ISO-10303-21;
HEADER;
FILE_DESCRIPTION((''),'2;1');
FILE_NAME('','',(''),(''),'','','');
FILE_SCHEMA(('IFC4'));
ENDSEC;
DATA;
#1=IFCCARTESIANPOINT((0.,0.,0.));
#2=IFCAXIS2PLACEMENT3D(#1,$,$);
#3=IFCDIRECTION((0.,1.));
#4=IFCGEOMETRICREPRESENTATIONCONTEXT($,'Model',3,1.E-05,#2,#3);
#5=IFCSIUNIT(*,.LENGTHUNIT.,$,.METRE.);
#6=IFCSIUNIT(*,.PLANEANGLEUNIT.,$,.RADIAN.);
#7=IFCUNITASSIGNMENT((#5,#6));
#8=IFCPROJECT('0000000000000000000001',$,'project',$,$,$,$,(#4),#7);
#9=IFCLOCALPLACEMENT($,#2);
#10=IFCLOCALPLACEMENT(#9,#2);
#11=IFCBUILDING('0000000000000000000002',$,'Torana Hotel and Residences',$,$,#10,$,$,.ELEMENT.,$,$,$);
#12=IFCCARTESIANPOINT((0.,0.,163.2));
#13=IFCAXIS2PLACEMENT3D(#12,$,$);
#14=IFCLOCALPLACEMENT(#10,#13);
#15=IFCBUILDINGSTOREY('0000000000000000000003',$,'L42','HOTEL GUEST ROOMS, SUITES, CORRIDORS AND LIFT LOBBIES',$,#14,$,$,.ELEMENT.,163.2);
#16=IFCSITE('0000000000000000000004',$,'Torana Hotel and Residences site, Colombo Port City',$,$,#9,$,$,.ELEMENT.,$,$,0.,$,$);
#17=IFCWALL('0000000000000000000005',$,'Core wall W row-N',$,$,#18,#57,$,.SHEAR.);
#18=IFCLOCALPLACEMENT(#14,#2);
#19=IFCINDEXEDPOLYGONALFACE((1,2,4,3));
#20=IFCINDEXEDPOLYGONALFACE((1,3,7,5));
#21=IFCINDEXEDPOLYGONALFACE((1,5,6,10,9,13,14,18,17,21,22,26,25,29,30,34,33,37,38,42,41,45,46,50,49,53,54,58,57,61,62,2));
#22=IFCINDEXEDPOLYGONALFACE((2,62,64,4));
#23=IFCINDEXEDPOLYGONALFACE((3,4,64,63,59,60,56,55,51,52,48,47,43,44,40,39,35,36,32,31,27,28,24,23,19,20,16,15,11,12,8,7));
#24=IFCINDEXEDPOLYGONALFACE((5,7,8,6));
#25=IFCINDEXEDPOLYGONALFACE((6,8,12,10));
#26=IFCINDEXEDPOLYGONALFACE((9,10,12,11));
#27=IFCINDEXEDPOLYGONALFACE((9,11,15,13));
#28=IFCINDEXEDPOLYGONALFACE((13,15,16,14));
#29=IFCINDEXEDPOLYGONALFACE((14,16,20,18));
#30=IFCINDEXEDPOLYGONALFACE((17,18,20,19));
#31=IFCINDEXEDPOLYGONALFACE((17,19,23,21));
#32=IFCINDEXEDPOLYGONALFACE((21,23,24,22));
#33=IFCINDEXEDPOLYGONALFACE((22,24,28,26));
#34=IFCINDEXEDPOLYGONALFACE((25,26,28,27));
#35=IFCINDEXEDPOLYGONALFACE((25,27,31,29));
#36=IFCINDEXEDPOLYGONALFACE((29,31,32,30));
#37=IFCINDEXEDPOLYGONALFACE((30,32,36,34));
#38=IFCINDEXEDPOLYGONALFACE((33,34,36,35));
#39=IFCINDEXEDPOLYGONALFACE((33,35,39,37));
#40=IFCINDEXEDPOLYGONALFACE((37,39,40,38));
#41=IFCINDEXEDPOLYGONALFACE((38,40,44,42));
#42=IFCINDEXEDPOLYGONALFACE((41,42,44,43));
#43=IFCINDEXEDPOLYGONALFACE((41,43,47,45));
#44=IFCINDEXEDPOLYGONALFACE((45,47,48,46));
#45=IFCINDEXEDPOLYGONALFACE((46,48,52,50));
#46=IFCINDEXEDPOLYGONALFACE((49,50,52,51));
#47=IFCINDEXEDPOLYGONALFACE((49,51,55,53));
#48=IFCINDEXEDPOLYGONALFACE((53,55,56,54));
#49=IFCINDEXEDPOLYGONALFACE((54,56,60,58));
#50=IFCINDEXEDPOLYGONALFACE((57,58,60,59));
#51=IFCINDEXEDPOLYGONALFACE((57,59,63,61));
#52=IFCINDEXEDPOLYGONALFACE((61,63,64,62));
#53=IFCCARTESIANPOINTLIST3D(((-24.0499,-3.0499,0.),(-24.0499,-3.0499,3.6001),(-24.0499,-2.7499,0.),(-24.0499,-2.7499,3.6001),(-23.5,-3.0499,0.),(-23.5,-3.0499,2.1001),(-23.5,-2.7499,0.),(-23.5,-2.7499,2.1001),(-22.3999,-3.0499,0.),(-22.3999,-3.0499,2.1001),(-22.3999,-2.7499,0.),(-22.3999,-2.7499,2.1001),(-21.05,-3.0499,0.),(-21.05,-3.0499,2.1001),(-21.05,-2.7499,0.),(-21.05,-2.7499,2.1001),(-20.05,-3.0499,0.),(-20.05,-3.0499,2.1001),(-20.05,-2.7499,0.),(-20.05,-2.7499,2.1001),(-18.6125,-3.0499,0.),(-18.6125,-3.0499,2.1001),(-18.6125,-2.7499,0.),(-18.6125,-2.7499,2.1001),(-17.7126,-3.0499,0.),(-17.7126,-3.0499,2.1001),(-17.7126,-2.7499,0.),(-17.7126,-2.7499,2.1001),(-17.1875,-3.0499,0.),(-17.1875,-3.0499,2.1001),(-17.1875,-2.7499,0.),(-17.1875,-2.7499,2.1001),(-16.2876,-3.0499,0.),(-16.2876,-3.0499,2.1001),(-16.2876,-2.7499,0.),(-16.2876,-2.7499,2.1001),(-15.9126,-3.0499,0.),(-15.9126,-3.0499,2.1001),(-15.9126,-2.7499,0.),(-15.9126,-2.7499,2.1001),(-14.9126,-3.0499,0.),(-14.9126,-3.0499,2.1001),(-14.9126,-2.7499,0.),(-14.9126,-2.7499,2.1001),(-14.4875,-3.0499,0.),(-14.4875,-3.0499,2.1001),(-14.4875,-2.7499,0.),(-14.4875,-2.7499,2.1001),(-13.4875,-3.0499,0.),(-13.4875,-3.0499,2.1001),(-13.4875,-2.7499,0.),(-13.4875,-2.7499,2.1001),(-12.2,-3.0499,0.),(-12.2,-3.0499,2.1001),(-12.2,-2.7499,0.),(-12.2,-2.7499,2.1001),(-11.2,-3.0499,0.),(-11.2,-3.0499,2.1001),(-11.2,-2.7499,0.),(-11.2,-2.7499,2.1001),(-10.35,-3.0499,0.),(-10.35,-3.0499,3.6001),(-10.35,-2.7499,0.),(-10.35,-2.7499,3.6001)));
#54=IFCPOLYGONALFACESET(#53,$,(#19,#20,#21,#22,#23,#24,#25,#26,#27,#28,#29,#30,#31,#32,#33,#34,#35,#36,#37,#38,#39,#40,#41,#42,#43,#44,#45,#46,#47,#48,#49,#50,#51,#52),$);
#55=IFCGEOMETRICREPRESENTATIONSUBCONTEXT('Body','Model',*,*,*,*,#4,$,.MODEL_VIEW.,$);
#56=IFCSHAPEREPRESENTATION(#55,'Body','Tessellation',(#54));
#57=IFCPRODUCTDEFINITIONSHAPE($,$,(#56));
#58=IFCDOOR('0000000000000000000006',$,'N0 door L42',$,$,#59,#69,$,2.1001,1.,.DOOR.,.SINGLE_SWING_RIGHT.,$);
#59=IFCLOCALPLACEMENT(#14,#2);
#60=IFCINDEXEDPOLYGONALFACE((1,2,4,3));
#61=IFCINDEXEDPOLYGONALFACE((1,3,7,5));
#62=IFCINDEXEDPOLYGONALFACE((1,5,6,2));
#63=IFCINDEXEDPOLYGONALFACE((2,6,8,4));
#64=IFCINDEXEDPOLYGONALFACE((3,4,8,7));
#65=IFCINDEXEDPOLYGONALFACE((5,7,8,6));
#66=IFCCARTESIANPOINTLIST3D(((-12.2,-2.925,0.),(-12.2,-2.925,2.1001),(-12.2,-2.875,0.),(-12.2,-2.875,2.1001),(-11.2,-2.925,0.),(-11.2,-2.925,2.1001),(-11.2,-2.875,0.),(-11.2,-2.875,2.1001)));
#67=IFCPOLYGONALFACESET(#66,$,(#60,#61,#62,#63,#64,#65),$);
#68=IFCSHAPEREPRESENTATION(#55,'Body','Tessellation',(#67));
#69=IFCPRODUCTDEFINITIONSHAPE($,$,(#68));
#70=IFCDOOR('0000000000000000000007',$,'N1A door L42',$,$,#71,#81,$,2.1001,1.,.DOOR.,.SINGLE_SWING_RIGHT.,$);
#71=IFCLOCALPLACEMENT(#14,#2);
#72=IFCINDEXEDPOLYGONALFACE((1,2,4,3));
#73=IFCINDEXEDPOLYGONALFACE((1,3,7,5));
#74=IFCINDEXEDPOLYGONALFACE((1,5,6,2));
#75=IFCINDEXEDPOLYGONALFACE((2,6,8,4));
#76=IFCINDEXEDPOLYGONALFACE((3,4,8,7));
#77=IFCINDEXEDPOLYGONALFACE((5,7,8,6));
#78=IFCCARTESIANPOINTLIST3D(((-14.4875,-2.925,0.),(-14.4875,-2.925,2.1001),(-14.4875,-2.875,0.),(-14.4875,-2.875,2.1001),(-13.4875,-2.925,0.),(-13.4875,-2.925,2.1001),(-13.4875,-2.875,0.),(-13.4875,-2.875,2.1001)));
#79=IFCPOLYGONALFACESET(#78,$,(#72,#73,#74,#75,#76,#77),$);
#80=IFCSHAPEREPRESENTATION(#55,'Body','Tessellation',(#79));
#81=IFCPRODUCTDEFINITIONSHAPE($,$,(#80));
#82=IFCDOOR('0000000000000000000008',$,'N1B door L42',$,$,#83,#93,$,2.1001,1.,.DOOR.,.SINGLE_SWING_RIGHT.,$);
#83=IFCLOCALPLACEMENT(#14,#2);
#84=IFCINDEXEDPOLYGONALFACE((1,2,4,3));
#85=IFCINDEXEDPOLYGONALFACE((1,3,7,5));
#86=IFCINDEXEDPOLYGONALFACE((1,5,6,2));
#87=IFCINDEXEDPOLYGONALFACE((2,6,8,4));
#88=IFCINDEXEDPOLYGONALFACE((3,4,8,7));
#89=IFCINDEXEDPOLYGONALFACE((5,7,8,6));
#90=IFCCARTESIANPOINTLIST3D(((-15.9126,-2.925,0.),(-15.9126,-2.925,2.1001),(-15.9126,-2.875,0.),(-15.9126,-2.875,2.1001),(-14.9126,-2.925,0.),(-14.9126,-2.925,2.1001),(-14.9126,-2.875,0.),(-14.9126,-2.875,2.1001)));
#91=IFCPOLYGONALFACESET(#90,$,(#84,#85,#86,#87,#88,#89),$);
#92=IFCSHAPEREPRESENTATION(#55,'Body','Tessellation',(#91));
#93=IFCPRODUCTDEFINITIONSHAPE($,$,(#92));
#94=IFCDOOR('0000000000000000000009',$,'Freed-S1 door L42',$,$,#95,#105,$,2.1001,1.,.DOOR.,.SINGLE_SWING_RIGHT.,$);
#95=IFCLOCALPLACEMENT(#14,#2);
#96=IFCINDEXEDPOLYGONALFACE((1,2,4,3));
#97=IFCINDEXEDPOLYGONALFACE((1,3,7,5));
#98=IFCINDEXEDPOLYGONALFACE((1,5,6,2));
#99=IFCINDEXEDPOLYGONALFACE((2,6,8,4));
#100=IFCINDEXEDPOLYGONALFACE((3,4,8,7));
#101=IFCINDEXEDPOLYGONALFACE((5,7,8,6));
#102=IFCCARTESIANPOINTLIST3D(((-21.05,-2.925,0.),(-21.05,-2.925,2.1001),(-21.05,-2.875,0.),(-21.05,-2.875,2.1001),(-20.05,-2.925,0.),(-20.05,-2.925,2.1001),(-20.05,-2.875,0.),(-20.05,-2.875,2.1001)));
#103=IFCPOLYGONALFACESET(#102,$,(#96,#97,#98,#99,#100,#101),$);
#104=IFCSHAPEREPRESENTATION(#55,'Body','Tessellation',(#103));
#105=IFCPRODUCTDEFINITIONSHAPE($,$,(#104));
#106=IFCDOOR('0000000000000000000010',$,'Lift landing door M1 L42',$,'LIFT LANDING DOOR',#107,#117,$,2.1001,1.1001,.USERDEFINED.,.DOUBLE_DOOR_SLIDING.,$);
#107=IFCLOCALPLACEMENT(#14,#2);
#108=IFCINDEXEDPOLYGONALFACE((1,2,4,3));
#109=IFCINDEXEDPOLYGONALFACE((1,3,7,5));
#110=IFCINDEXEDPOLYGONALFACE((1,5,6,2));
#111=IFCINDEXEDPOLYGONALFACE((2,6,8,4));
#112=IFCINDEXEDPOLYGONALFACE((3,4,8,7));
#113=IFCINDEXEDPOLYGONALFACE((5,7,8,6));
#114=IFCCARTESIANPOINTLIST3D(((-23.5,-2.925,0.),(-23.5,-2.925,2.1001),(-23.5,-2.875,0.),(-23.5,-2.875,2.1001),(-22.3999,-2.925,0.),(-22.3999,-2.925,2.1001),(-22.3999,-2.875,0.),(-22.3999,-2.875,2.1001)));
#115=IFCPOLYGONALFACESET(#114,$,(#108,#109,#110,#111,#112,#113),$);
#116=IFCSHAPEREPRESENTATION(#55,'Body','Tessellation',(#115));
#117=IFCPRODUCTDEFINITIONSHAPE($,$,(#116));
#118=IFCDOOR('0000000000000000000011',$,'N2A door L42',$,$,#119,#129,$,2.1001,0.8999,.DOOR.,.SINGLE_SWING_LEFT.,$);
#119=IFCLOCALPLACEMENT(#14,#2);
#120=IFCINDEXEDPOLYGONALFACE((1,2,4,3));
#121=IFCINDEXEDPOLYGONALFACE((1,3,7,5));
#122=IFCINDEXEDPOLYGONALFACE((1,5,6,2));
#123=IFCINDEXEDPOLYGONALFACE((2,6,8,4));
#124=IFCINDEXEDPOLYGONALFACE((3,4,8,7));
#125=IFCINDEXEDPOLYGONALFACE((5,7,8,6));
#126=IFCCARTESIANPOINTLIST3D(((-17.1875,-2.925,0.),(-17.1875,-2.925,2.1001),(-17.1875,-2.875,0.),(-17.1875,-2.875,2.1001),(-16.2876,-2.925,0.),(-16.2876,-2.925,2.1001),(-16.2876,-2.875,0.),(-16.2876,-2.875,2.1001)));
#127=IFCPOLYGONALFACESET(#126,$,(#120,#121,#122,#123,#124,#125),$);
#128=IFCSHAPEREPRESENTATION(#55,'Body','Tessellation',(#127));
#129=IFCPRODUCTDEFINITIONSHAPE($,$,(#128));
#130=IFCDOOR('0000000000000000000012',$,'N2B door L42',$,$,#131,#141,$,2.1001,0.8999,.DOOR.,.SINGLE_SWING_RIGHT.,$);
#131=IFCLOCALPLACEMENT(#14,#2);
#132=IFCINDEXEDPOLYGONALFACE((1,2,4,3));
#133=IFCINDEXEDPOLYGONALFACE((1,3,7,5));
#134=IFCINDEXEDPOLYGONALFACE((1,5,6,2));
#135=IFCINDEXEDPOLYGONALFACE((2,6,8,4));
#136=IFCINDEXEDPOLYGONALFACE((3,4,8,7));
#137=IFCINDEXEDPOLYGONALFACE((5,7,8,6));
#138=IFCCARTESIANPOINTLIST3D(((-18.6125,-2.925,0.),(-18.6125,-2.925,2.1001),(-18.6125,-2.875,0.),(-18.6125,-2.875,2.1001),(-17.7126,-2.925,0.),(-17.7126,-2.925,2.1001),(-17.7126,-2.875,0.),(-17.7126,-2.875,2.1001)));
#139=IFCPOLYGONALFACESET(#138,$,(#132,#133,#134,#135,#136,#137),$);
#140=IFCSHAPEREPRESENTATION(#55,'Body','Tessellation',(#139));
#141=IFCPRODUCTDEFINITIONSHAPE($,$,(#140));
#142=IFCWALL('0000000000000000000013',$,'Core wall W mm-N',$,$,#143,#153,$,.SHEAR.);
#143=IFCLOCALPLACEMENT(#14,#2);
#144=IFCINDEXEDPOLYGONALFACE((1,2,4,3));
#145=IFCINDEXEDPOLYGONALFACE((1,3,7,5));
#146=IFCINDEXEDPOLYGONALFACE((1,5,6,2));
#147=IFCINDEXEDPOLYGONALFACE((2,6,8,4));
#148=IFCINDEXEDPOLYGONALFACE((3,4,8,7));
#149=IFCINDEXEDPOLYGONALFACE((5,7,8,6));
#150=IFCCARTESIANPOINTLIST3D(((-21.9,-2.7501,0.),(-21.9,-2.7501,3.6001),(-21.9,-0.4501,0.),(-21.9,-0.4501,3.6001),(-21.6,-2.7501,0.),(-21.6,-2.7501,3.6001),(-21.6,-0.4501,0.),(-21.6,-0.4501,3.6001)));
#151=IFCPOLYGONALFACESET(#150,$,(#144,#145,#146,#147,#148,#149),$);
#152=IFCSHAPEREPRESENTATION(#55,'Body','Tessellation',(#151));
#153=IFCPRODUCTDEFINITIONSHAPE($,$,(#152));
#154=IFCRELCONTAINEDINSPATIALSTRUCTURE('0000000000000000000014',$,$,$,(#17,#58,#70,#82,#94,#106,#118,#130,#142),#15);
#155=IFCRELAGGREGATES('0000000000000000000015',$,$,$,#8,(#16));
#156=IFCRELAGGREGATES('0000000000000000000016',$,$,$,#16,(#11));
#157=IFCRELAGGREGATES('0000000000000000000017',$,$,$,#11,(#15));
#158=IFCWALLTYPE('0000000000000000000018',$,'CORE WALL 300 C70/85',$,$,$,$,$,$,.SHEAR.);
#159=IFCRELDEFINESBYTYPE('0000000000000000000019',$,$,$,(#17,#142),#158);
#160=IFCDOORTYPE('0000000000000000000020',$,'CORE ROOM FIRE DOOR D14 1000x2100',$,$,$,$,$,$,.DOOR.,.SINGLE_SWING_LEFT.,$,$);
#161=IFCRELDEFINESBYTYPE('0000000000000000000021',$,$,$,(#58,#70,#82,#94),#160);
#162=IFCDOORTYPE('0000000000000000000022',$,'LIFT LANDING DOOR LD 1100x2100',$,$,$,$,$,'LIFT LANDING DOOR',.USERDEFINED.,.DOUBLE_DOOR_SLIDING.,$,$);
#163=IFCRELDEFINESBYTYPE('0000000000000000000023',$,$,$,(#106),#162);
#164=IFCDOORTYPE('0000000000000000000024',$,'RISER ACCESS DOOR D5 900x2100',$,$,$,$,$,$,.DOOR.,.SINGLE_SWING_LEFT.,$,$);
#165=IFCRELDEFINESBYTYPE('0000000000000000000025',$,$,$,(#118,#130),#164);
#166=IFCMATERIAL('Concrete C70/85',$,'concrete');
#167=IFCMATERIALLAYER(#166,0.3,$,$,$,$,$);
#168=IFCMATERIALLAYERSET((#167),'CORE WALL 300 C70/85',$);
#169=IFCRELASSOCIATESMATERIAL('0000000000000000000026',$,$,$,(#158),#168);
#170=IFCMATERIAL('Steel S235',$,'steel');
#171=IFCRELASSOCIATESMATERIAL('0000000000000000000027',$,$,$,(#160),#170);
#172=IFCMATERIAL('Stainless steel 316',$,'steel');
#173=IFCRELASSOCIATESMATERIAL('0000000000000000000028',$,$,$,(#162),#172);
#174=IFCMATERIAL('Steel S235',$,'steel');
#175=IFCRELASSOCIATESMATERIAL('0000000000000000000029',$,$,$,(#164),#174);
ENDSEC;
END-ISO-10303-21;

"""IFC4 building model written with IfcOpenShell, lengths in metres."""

from ifc_helpers import new_model, si_unit, direction, frame, frame_2d, origin, place, context, subcontext, project, spatial, rectangle, extrude, material, layer, layer_set, type_object, element, fill, save


model = new_model("IFC4")

# Units and contexts
model_context = context("Model", 3, precision=1e-05, world=origin(), true_north=direction((0.0, 1.0)))
body_context = subcontext(model_context, "Body", "Model", "MODEL_VIEW")
ifc_project = project(units=[si_unit("LENGTHUNIT", "METRE"), si_unit("PLANEANGLEUNIT", "RADIAN")], contexts=[model_context])

# Site, building, storey
site_placement = place(None, origin())
site = spatial("IfcSite", under=ifc_project, at=site_placement, Name="Torana Hotel and Residences site, Colombo Port City", CompositionType="ELEMENT", RefElevation=0.0)
building_placement = place(site_placement, origin())
building = spatial("IfcBuilding", under=site, at=building_placement, Name="Torana Hotel and Residences", CompositionType="ELEMENT")
storey_placement = place(building_placement, frame((0.0, 0.0, 163.2)))
storey = spatial("IfcBuildingStorey", under=building, at=storey_placement, Name="L42", Description="HOTEL GUEST ROOMS, SUITES, CORRIDORS AND LIFT LOBBIES", CompositionType="ELEMENT", Elevation=163.2)

# Wall, openings, doors
ifc_material_1 = material(Name="Concrete C70/85", Category="concrete")
ifc_layer_1 = layer(ifc_material_1, 0.3)
ifc_layer_set_1 = layer_set([ifc_layer_1], Name="CORE WALL 300 C70/85")
wall_type_1 = type_object("IfcWallType", Name="CORE WALL 300 C70/85", PredefinedType="SHEAR", material=ifc_layer_set_1)
wall_1_placement = place(storey_placement, frame((-24.05, -2.8999, 0.0), z_axis=(0.0, 0.0, 1.0), x_axis=(1.0, 0.0, 0.0)))
wall_1 = element("IfcWall", 1, at=wall_1_placement, inside=storey, type_object=wall_type_1, Name="Core wall W row-N", PredefinedType="SHEAR", context=body_context, shape_type="SweptSolid", body=[
    extrude(rectangle(XDim=13.7, YDim=0.3, at=frame_2d((6.8501, 0.0))), origin(), (0.0, 0.0, 1.0), 3.6001),
])
opening_1_placement = place(wall_1_placement, frame((0.55, 0.0, 0.0)))
opening_1 = element("IfcOpeningElement", 2, at=opening_1_placement, cuts=wall_1, PredefinedType="OPENING", context=body_context, shape_type="SweptSolid", body=[
    extrude(rectangle(XDim=1.1001, YDim=2.1001, at=frame_2d((0.55, 1.05))), frame((0.0, 0.1599, 0.0), z_axis=(0.0, -1.0, 0.0), x_axis=(1.0, 0.0, 0.0)), (0.0, 0.0, 1.0), 0.3201),
])
opening_2_placement = place(wall_1_placement, frame((6.8625, 0.0, 0.0)))
opening_2 = element("IfcOpeningElement", 3, at=opening_2_placement, cuts=wall_1, PredefinedType="OPENING", context=body_context, shape_type="SweptSolid", body=[
    extrude(rectangle(XDim=0.8999, YDim=2.1001, at=frame_2d((0.45, 1.05))), frame((0.0, 0.1599, 0.0), z_axis=(0.0, -1.0, 0.0), x_axis=(1.0, 0.0, 0.0)), (0.0, 0.0, 1.0), 0.3201),
])
opening_3_placement = place(wall_1_placement, frame((5.4375, 0.0, 0.0)))
opening_3 = element("IfcOpeningElement", 4, at=opening_3_placement, cuts=wall_1, PredefinedType="OPENING", context=body_context, shape_type="SweptSolid", body=[
    extrude(rectangle(XDim=0.8999, YDim=2.1001, at=frame_2d((0.45, 1.05))), frame((0.0, 0.1599, 0.0), z_axis=(0.0, -1.0, 0.0), x_axis=(1.0, 0.0, 0.0)), (0.0, 0.0, 1.0), 0.3201),
])
opening_4_placement = place(wall_1_placement, frame((11.8501, 0.0, 0.0)))
opening_4 = element("IfcOpeningElement", 5, at=opening_4_placement, cuts=wall_1, PredefinedType="OPENING", context=body_context, shape_type="SweptSolid", body=[
    extrude(rectangle(XDim=1.0, YDim=2.1001, at=frame_2d((0.5, 1.05))), frame((0.0, 0.1599, 0.0), z_axis=(0.0, -1.0, 0.0), x_axis=(1.0, 0.0, 0.0)), (0.0, 0.0, 1.0), 0.3201),
])
opening_5_placement = place(wall_1_placement, frame((9.5625, 0.0, 0.0)))
opening_5 = element("IfcOpeningElement", 6, at=opening_5_placement, cuts=wall_1, PredefinedType="OPENING", context=body_context, shape_type="SweptSolid", body=[
    extrude(rectangle(XDim=1.0, YDim=2.1001, at=frame_2d((0.5, 1.05))), frame((0.0, 0.1599, 0.0), z_axis=(0.0, -1.0, 0.0), x_axis=(1.0, 0.0, 0.0)), (0.0, 0.0, 1.0), 0.3201),
])
opening_6_placement = place(wall_1_placement, frame((8.1375, 0.0, 0.0)))
opening_6 = element("IfcOpeningElement", 7, at=opening_6_placement, cuts=wall_1, PredefinedType="OPENING", context=body_context, shape_type="SweptSolid", body=[
    extrude(rectangle(XDim=1.0, YDim=2.1001, at=frame_2d((0.5, 1.05))), frame((0.0, 0.1599, 0.0), z_axis=(0.0, -1.0, 0.0), x_axis=(1.0, 0.0, 0.0)), (0.0, 0.0, 1.0), 0.3201),
])
opening_7_placement = place(wall_1_placement, frame((3.0, 0.0, 0.0)))
opening_7 = element("IfcOpeningElement", 8, at=opening_7_placement, cuts=wall_1, PredefinedType="OPENING", context=body_context, shape_type="SweptSolid", body=[
    extrude(rectangle(XDim=1.0, YDim=2.1001, at=frame_2d((0.5, 1.05))), frame((0.0, 0.1599, 0.0), z_axis=(0.0, -1.0, 0.0), x_axis=(1.0, 0.0, 0.0)), (0.0, 0.0, 1.0), 0.3201),
])
ifc_material_2 = material(Name="Steel S235", Category="steel")
door_type_1 = type_object("IfcDoorType", Name="CORE ROOM FIRE DOOR D14 1000x2100", OperationType="SINGLE_SWING_LEFT", PredefinedType="DOOR", material=ifc_material_2)
door_1_placement = place(opening_4_placement, origin())
door_1 = element("IfcDoor", 9, at=door_1_placement, inside=storey, type_object=door_type_1, Name="N0 door L42", OperationType="SINGLE_SWING_RIGHT", OverallHeight=2.1001, OverallWidth=1.0, PredefinedType="DOOR", context=body_context, shape_type="SweptSolid", body=[
    extrude(rectangle(XDim=1.0, YDim=2.1001, at=frame_2d((0.5, 1.05))), frame((0.0, 0.0249, 0.0), z_axis=(0.0, -1.0, 0.0), x_axis=(1.0, 0.0, 0.0)), (0.0, 0.0, 1.0), 0.05),
])
fill(opening_4, door_1)
door_2_placement = place(opening_5_placement, origin())
door_2 = element("IfcDoor", 10, at=door_2_placement, inside=storey, type_object=door_type_1, Name="N1A door L42", OperationType="SINGLE_SWING_RIGHT", OverallHeight=2.1001, OverallWidth=1.0, PredefinedType="DOOR", context=body_context, shape_type="SweptSolid", body=[
    extrude(rectangle(XDim=1.0, YDim=2.1001, at=frame_2d((0.5, 1.05))), frame((0.0, 0.0249, 0.0), z_axis=(0.0, -1.0, 0.0), x_axis=(1.0, 0.0, 0.0)), (0.0, 0.0, 1.0), 0.05),
])
fill(opening_5, door_2)
door_3_placement = place(opening_6_placement, origin())
door_3 = element("IfcDoor", 11, at=door_3_placement, inside=storey, type_object=door_type_1, Name="N1B door L42", OperationType="SINGLE_SWING_RIGHT", OverallHeight=2.1001, OverallWidth=1.0, PredefinedType="DOOR", context=body_context, shape_type="SweptSolid", body=[
    extrude(rectangle(XDim=1.0, YDim=2.1001, at=frame_2d((0.5, 1.05))), frame((0.0, 0.0249, 0.0), z_axis=(0.0, -1.0, 0.0), x_axis=(1.0, 0.0, 0.0)), (0.0, 0.0, 1.0), 0.05),
])
fill(opening_6, door_3)
door_4_placement = place(opening_7_placement, origin())
door_4 = element("IfcDoor", 12, at=door_4_placement, inside=storey, type_object=door_type_1, Name="Freed-S1 door L42", OperationType="SINGLE_SWING_RIGHT", OverallHeight=2.1001, OverallWidth=1.0, PredefinedType="DOOR", context=body_context, shape_type="SweptSolid", body=[
    extrude(rectangle(XDim=1.0, YDim=2.1001, at=frame_2d((0.5, 1.05))), frame((0.0, 0.0249, 0.0), z_axis=(0.0, -1.0, 0.0), x_axis=(1.0, 0.0, 0.0)), (0.0, 0.0, 1.0), 0.05),
])
fill(opening_7, door_4)
ifc_material_3 = material(Name="Stainless steel 316", Category="steel")
door_type_2 = type_object("IfcDoorType", Name="LIFT LANDING DOOR LD 1100x2100", ElementType="LIFT LANDING DOOR", OperationType="DOUBLE_DOOR_SLIDING", PredefinedType="USERDEFINED", material=ifc_material_3)
door_5_placement = place(opening_1_placement, origin())
door_5 = element("IfcDoor", 13, at=door_5_placement, inside=storey, type_object=door_type_2, Name="Lift landing door M1 L42", ObjectType="LIFT LANDING DOOR", OperationType="DOUBLE_DOOR_SLIDING", OverallHeight=2.1001, OverallWidth=1.1001, PredefinedType="USERDEFINED", context=body_context, shape_type="SweptSolid", body=[
    extrude(rectangle(XDim=1.1001, YDim=2.1001, at=frame_2d((0.55, 1.05))), frame((0.0, 0.0249, 0.0), z_axis=(0.0, -1.0, 0.0), x_axis=(1.0, 0.0, 0.0)), (0.0, 0.0, 1.0), 0.05),
])
fill(opening_1, door_5)
ifc_material_4 = material(Name="Steel S235", Category="steel")
door_type_3 = type_object("IfcDoorType", Name="RISER ACCESS DOOR D5 900x2100", OperationType="SINGLE_SWING_LEFT", PredefinedType="DOOR", material=ifc_material_4)
door_6_placement = place(opening_2_placement, origin())
door_6 = element("IfcDoor", 14, at=door_6_placement, inside=storey, type_object=door_type_3, Name="N2A door L42", OperationType="SINGLE_SWING_LEFT", OverallHeight=2.1001, OverallWidth=0.8999, PredefinedType="DOOR", context=body_context, shape_type="SweptSolid", body=[
    extrude(rectangle(XDim=0.8999, YDim=2.1001, at=frame_2d((0.45, 1.05))), frame((0.0, 0.0249, 0.0), z_axis=(0.0, -1.0, 0.0), x_axis=(1.0, 0.0, 0.0)), (0.0, 0.0, 1.0), 0.05),
])
fill(opening_2, door_6)
door_7_placement = place(opening_3_placement, origin())
door_7 = element("IfcDoor", 15, at=door_7_placement, inside=storey, type_object=door_type_3, Name="N2B door L42", OperationType="SINGLE_SWING_RIGHT", OverallHeight=2.1001, OverallWidth=0.8999, PredefinedType="DOOR", context=body_context, shape_type="SweptSolid", body=[
    extrude(rectangle(XDim=0.8999, YDim=2.1001, at=frame_2d((0.45, 1.05))), frame((0.0, 0.0249, 0.0), z_axis=(0.0, -1.0, 0.0), x_axis=(1.0, 0.0, 0.0)), (0.0, 0.0, 1.0), 0.05),
])
fill(opening_3, door_7)

# Wall
wall_2_placement = place(storey_placement, frame((-21.75, -2.75, 0.0), z_axis=(0.0, 0.0, 1.0), x_axis=(0.0, 1.0, 0.0)))
element("IfcWall", 16, at=wall_2_placement, inside=storey, type_object=wall_type_1, Name="Core wall W mm-N", PredefinedType="SHEAR", context=body_context, shape_type="SweptSolid", body=[
    extrude(rectangle(XDim=2.3, YDim=0.3, at=frame_2d((1.1499, 0.0))), origin(), (0.0, 0.0, 1.0), 3.6001),
])

save(model, "model.ifc")
